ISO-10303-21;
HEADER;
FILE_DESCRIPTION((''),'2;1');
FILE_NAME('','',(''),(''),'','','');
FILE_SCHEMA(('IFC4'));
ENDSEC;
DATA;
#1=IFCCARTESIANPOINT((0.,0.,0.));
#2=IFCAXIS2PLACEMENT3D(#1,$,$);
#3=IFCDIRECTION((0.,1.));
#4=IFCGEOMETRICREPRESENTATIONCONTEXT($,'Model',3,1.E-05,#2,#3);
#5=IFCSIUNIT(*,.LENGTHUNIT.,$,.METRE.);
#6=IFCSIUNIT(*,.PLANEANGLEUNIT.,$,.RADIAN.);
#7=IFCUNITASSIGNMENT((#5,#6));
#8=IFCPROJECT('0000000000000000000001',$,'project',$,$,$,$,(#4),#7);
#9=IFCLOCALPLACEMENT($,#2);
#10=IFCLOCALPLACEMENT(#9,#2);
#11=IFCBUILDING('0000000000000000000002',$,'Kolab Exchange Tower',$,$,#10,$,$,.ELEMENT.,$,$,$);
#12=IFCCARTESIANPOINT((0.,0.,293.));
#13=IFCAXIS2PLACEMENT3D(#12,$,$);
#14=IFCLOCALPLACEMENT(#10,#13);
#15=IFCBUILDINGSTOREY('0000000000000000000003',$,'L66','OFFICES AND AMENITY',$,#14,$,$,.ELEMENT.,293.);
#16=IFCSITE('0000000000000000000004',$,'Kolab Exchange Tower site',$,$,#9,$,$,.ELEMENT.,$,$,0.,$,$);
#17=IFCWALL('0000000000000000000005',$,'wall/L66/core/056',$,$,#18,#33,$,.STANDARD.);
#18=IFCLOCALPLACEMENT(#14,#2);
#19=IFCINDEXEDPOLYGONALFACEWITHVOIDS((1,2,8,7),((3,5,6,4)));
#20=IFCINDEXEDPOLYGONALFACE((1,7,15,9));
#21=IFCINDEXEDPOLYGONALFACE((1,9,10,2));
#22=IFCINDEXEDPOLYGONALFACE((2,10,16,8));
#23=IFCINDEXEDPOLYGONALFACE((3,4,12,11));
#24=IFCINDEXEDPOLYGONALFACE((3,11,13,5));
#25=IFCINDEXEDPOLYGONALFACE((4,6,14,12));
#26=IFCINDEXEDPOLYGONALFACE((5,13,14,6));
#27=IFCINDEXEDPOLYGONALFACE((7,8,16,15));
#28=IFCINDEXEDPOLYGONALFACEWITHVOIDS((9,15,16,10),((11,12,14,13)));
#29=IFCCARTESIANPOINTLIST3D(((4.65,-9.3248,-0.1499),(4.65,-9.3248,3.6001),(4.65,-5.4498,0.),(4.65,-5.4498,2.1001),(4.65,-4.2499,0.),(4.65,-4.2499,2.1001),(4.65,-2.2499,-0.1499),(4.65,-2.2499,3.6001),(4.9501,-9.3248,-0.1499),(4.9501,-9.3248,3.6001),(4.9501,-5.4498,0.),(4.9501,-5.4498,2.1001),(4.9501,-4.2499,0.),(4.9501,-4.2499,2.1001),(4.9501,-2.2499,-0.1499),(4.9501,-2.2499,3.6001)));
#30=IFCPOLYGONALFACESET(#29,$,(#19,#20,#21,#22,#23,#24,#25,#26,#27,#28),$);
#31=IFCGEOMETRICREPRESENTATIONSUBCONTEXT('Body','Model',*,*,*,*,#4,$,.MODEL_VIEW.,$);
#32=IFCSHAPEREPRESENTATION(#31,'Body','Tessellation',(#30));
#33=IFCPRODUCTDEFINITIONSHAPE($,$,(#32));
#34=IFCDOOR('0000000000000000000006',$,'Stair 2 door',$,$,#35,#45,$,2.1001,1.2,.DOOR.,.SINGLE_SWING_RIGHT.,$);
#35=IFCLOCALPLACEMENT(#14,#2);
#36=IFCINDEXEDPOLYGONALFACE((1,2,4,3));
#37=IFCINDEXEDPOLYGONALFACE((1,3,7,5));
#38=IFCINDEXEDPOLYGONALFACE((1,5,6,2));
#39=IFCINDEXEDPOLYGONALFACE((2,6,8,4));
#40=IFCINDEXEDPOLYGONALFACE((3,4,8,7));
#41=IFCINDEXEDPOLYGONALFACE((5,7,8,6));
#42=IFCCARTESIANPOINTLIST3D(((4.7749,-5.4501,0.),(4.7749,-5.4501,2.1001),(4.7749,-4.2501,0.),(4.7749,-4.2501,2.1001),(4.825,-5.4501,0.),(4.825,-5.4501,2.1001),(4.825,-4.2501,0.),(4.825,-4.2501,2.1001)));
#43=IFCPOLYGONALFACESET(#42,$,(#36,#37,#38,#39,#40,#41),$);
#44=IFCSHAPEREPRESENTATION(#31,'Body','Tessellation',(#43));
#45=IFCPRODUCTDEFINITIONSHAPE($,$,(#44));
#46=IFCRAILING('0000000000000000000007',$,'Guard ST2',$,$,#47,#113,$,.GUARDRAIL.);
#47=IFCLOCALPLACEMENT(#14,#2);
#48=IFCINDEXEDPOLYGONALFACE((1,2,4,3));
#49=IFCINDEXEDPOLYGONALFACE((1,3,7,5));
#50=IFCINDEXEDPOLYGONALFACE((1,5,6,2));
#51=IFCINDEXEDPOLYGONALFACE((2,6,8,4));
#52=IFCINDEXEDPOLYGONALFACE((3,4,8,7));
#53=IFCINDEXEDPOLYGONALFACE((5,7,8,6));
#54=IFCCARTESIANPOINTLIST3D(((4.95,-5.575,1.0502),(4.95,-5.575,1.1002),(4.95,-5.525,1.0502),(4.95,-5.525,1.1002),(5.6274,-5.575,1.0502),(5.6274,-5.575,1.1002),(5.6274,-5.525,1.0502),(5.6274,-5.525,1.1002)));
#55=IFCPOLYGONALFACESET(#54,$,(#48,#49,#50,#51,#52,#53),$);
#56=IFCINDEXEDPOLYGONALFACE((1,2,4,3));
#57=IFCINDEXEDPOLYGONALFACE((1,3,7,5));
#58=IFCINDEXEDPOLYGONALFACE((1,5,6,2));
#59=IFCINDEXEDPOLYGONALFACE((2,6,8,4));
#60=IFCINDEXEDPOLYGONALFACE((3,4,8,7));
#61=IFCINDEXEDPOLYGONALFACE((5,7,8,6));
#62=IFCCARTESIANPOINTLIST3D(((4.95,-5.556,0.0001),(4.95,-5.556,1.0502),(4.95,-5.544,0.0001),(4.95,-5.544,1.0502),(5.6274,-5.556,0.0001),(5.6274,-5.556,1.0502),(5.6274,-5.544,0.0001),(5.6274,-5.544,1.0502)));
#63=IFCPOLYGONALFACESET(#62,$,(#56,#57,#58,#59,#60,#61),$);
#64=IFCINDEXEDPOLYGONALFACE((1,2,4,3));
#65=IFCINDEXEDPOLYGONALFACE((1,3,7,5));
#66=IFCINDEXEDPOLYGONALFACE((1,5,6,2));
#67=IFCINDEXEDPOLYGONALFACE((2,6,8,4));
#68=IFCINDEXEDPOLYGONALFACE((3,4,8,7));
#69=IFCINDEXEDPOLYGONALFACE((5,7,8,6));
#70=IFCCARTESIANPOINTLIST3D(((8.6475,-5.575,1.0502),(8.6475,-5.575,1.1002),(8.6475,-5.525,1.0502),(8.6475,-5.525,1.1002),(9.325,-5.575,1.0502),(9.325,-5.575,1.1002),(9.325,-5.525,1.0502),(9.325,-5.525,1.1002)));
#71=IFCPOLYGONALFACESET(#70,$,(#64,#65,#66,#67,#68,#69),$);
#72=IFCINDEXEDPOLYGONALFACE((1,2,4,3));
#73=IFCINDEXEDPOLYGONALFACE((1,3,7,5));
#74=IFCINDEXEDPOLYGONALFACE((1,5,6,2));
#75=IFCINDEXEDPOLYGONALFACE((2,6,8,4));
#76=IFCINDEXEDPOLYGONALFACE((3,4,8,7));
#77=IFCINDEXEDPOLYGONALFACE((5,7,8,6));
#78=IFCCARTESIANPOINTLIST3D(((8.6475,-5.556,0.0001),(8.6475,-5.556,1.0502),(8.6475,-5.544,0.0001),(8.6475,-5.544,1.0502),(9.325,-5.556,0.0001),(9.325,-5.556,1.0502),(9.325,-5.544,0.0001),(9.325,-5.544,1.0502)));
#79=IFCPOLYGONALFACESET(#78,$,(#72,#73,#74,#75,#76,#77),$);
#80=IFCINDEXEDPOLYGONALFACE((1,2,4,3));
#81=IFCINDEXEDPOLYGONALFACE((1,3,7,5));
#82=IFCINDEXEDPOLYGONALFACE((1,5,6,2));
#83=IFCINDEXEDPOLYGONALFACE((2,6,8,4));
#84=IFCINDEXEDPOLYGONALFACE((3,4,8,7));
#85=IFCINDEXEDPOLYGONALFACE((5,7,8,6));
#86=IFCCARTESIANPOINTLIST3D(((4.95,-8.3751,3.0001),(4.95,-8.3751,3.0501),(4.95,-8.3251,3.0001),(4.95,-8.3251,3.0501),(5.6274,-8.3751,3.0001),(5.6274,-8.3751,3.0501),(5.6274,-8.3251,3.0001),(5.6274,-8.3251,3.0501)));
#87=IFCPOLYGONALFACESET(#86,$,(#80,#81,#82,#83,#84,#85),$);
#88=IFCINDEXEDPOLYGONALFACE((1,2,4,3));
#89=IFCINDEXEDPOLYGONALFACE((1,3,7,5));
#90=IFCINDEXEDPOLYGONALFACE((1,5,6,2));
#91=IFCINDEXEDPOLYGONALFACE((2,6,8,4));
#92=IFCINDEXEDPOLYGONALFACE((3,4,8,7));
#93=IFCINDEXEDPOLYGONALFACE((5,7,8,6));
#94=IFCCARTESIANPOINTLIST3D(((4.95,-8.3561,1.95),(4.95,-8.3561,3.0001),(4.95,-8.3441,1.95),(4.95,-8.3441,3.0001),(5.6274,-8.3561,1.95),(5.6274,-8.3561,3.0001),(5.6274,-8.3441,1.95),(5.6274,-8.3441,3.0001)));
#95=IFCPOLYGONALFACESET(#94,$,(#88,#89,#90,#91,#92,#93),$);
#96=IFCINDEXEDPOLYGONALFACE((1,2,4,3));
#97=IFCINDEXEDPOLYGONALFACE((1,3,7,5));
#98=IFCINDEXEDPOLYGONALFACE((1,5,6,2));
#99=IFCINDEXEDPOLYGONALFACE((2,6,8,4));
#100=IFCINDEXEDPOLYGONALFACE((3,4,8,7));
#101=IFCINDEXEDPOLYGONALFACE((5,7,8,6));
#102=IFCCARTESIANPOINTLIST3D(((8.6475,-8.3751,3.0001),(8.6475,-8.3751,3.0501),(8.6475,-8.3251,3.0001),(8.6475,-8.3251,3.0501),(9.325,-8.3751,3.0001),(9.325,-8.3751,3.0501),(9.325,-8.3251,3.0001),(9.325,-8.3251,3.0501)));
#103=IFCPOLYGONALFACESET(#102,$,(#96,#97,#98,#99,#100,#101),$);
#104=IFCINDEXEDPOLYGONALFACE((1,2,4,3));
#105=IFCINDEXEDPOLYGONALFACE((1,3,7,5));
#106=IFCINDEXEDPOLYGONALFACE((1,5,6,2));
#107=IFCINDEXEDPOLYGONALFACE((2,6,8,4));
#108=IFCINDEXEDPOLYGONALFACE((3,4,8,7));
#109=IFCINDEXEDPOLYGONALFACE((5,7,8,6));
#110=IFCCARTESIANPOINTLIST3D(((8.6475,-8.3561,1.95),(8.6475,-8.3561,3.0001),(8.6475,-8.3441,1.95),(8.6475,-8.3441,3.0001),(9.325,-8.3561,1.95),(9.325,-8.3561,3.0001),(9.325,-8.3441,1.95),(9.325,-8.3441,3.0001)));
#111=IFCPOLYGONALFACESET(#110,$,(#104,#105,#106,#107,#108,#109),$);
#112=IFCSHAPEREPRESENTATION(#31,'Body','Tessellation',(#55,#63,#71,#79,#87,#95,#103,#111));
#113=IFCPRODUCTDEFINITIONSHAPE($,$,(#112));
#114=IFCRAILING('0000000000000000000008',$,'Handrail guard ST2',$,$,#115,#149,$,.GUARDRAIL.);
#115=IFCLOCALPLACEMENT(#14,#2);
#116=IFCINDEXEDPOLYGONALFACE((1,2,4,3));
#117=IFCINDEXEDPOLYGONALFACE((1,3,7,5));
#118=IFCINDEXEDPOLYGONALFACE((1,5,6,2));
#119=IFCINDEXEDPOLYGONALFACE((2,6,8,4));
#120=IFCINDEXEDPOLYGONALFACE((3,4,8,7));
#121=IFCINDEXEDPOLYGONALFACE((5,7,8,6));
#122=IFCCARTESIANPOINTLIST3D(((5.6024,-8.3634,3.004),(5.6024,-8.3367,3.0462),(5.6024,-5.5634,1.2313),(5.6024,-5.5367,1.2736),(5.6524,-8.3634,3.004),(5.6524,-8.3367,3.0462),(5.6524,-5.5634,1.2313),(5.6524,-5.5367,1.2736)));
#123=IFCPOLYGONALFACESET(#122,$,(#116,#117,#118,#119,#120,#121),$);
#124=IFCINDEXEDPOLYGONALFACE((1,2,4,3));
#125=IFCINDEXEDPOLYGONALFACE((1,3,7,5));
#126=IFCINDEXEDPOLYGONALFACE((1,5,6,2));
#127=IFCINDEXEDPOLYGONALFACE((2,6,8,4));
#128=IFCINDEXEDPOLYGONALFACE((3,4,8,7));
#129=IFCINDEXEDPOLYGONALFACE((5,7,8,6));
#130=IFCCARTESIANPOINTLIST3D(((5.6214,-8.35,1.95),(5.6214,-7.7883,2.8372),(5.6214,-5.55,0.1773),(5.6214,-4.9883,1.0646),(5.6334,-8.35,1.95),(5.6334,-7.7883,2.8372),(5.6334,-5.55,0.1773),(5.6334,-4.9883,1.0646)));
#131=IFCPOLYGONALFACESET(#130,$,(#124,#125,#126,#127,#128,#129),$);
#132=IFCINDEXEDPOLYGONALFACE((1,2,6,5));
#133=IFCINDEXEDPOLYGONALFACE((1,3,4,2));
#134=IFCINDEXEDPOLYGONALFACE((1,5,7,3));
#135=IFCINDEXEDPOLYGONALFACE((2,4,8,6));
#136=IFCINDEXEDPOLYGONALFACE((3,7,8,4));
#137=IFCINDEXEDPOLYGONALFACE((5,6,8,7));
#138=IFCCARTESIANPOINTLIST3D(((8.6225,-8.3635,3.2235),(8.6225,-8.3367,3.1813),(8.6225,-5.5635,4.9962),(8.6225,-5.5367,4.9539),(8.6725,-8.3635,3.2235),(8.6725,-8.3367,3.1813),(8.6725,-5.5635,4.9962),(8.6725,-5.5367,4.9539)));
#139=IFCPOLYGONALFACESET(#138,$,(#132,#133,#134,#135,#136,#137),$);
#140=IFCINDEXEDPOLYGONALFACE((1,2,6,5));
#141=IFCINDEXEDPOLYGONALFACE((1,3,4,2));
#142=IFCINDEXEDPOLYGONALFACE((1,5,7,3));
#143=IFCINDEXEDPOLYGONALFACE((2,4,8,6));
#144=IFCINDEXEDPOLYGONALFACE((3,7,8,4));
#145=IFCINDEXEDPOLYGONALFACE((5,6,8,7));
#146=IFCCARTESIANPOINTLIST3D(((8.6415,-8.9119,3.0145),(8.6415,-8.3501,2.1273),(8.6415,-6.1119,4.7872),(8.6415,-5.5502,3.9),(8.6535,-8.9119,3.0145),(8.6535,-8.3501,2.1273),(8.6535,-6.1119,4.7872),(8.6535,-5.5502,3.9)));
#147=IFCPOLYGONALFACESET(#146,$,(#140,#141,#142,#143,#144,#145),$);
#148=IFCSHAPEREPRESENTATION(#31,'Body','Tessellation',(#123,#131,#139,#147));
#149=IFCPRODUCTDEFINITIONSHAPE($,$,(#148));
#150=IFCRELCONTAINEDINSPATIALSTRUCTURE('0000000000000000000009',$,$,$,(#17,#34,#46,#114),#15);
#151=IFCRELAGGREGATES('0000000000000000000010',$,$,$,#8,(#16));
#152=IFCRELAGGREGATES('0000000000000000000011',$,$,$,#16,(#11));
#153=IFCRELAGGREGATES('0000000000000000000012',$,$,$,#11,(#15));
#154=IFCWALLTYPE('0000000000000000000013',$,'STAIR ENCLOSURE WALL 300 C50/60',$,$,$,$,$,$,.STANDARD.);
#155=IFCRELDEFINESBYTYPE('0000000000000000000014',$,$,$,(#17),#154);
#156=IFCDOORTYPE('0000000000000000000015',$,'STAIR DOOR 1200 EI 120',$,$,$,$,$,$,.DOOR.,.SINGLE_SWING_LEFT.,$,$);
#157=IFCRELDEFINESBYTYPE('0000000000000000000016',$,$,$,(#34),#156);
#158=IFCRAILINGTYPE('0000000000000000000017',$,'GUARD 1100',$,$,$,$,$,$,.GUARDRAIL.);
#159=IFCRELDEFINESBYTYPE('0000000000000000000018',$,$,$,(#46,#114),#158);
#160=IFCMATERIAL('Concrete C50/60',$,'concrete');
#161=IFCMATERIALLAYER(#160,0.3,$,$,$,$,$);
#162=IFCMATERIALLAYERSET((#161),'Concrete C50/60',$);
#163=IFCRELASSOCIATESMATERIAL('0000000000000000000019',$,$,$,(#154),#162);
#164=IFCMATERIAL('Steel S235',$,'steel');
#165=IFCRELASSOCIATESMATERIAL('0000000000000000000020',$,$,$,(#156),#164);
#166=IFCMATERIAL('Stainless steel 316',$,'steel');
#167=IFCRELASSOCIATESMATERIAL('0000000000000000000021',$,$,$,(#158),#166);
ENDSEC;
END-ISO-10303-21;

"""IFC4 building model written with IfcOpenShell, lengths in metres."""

from ifc_helpers import new_model, si_unit, direction, frame, frame_2d, origin, origin_2d, place, context, subcontext, project, spatial, rectangle, extrude, material, layer, layer_set, type_object, element, fill, save


model = new_model("IFC4")

# Units and contexts
model_context = context("Model", 3, precision=1e-05, world=origin(), true_north=direction((0.0, 1.0)))
body_context = subcontext(model_context, "Body", "Model", "MODEL_VIEW")
ifc_project = project(units=[si_unit("LENGTHUNIT", "METRE"), si_unit("PLANEANGLEUNIT", "RADIAN")], contexts=[model_context])

# Site, building, storey
site_placement = place(None, origin())
site = spatial("IfcSite", under=ifc_project, at=site_placement, Name="Kolab Exchange Tower site", CompositionType="ELEMENT", RefElevation=0.0)
building_placement = place(site_placement, origin())
building = spatial("IfcBuilding", under=site, at=building_placement, Name="Kolab Exchange Tower", CompositionType="ELEMENT")
storey_placement = place(building_placement, frame((0.0, 0.0, 293.0)))
storey = spatial("IfcBuildingStorey", under=building, at=storey_placement, Name="L66", Description="OFFICES AND AMENITY", CompositionType="ELEMENT", Elevation=293.0)

# Shared definitions
ifc_material_1 = material(Name="Concrete C50/60", Category="concrete")
ifc_material_2 = material(Name="Stainless steel 316", Category="steel")

# Shared definitions
ifc_material_3 = material(Name="Steel S235", Category="steel")

# Shared definitions
ifc_layer_1 = layer(ifc_material_1, 0.3)
ifc_layer_set_1 = layer_set([ifc_layer_1], Name="Concrete C50/60")
wall_type_1 = type_object("IfcWallType", Name="STAIR ENCLOSURE WALL 300 C50/60", PredefinedType="STANDARD", material=ifc_layer_set_1)

# Wall, opening, door
wall_1_placement = place(storey_placement, frame((4.8, -9.325, -0.1499), z_axis=(0.0, 0.0, 1.0), x_axis=(0.0, 1.0, 0.0)))
wall_1 = element("IfcWall", 1, at=wall_1_placement, inside=storey, type_object=wall_type_1, Name="wall/L66/core/056", PredefinedType="STANDARD", context=body_context, shape_type="SweptSolid", body=[
    extrude(rectangle(XDim=7.075, YDim=0.3, at=frame_2d((3.5376, 0.0))), origin(), (0.0, 0.0, 1.0), 3.75),
])
opening_1_placement = place(wall_1_placement, frame((3.875, 0.0, 0.1499)))
opening_1 = element("IfcOpeningElement", 2, at=opening_1_placement, cuts=wall_1, PredefinedType="OPENING", context=body_context, shape_type="SweptSolid", body=[
    extrude(rectangle(XDim=1.2, YDim=2.1001, at=frame_2d((0.6001, 1.05))), frame((0.0, 0.1602, 0.0), z_axis=(0.0, -1.0, 0.0), x_axis=(1.0, 0.0, 0.0)), (0.0, 0.0, 1.0), 0.3201),
])
door_type_1 = type_object("IfcDoorType", Name="STAIR DOOR 1200 EI 120", OperationType="SINGLE_SWING_LEFT", PredefinedType="DOOR", material=ifc_material_3)
door_1_placement = place(opening_1_placement, frame((1.2, 0.0, 0.0), z_axis=(0.0, 0.0, 1.0), x_axis=(-1.0, 0.0, 0.0)))
door_1 = element("IfcDoor", 3, at=door_1_placement, inside=storey, type_object=door_type_1, Name="Stair 2 door", OperationType="SINGLE_SWING_RIGHT", OverallHeight=2.1001, OverallWidth=1.2, PredefinedType="DOOR", context=body_context, shape_type="SweptSolid", body=[
    extrude(rectangle(XDim=1.2, YDim=2.1001, at=frame_2d((0.6001, 1.05))), frame((0.0, 0.0249, 0.0), z_axis=(0.0, -1.0, 0.0), x_axis=(1.0, 0.0, 0.0)), (0.0, 0.0, 1.0), 0.05),
])
fill(opening_1, door_1)

# Railings
railing_type = type_object("IfcRailingType", Name="GUARD 1100", PredefinedType="GUARDRAIL", material=ifc_material_2)
railing_1_placement = place(storey_placement, frame((4.95, -5.55, 0.0)))
element("IfcRailing", 4, at=railing_1_placement, inside=storey, type_object=railing_type, Name="Guard ST2", PredefinedType="GUARDRAIL", context=body_context, shape_type="SweptSolid", body=[
    extrude(rectangle(XDim=0.05, YDim=0.05, at=origin_2d()), frame((0.0, 0.0, 1.0752), z_axis=(1.0, 0.0, 0.0), x_axis=(0.0, 1.0, 0.0)), (0.0, 0.0, 1.0), 0.6775),
    extrude(rectangle(XDim=0.012, YDim=1.0501, at=frame_2d((0.0, 0.5251))), frame((0.0, 0.0, 0.0), z_axis=(1.0, 0.0, 0.0), x_axis=(0.0, 1.0, 0.0)), (0.0, 0.0, 1.0), 0.6775),
    extrude(rectangle(XDim=0.05, YDim=0.05, at=origin_2d()), frame((3.6975, 0.0, 1.0752), z_axis=(1.0, 0.0, 0.0), x_axis=(0.0, 1.0, 0.0)), (0.0, 0.0, 1.0), 0.6775),
    extrude(rectangle(XDim=0.012, YDim=1.0501, at=frame_2d((0.0, 0.5251))), frame((3.6975, 0.0, 0.0), z_axis=(1.0, 0.0, 0.0), x_axis=(0.0, 1.0, 0.0)), (0.0, 0.0, 1.0), 0.6775),
    extrude(rectangle(XDim=0.05, YDim=0.05, at=origin_2d()), frame((0.0, -2.8, 3.0251), z_axis=(1.0, 0.0, 0.0), x_axis=(0.0, 1.0, 0.0)), (0.0, 0.0, 1.0), 0.6775),
    extrude(rectangle(XDim=0.012, YDim=1.0501, at=frame_2d((0.0, 0.5251))), frame((0.0, -2.8, 1.95), z_axis=(1.0, 0.0, 0.0), x_axis=(0.0, 1.0, 0.0)), (0.0, 0.0, 1.0), 0.6775),
    extrude(rectangle(XDim=0.05, YDim=0.05, at=origin_2d()), frame((3.6975, -2.8, 3.0251), z_axis=(1.0, 0.0, 0.0), x_axis=(0.0, 1.0, 0.0)), (0.0, 0.0, 1.0), 0.6775),
    extrude(rectangle(XDim=0.012, YDim=1.0501, at=frame_2d((0.0, 0.5251))), frame((3.6975, -2.8, 1.95), z_axis=(1.0, 0.0, 0.0), x_axis=(0.0, 1.0, 0.0)), (0.0, 0.0, 1.0), 0.6775),
])
railing_2_placement = place(storey_placement, frame((5.6274, -5.55, 0.1772)))
element("IfcRailing", 5, at=railing_2_placement, inside=storey, type_object=railing_type, Name="Handrail guard ST2", PredefinedType="GUARDRAIL", context=body_context, shape_type="SweptSolid", body=[
    extrude(rectangle(XDim=0.05, YDim=0.05, at=origin_2d()), frame((0.0, 0.0, 1.0752), z_axis=(0.0, -0.844909, 0.53491), x_axis=(1.0, 0.0, 0.0)), (0.0, 0.0, 1.0), 3.314),
    extrude(rectangle(XDim=0.012, YDim=1.0501, at=frame_2d((0.0, 0.5251))), frame((0.0, 0.0, 0.0), z_axis=(0.0, -0.844909, 0.53491), x_axis=(1.0, 0.0, 0.0)), (0.0, 0.0, 1.0), 3.314),
    extrude(rectangle(XDim=0.05, YDim=0.05, at=origin_2d()), frame((3.02, -2.8, 3.0251), z_axis=(0.0, 0.844909, 0.53491), x_axis=(-1.0, 0.0, 0.0)), (0.0, 0.0, 1.0), 3.314),
    extrude(rectangle(XDim=0.012, YDim=1.0501, at=frame_2d((0.0, 0.5251))), frame((3.02, -2.8, 1.95), z_axis=(0.0, 0.844909, 0.53491), x_axis=(-1.0, 0.0, 0.0)), (0.0, 0.0, 1.0), 3.314),
])

save(model, "model.ifc")
